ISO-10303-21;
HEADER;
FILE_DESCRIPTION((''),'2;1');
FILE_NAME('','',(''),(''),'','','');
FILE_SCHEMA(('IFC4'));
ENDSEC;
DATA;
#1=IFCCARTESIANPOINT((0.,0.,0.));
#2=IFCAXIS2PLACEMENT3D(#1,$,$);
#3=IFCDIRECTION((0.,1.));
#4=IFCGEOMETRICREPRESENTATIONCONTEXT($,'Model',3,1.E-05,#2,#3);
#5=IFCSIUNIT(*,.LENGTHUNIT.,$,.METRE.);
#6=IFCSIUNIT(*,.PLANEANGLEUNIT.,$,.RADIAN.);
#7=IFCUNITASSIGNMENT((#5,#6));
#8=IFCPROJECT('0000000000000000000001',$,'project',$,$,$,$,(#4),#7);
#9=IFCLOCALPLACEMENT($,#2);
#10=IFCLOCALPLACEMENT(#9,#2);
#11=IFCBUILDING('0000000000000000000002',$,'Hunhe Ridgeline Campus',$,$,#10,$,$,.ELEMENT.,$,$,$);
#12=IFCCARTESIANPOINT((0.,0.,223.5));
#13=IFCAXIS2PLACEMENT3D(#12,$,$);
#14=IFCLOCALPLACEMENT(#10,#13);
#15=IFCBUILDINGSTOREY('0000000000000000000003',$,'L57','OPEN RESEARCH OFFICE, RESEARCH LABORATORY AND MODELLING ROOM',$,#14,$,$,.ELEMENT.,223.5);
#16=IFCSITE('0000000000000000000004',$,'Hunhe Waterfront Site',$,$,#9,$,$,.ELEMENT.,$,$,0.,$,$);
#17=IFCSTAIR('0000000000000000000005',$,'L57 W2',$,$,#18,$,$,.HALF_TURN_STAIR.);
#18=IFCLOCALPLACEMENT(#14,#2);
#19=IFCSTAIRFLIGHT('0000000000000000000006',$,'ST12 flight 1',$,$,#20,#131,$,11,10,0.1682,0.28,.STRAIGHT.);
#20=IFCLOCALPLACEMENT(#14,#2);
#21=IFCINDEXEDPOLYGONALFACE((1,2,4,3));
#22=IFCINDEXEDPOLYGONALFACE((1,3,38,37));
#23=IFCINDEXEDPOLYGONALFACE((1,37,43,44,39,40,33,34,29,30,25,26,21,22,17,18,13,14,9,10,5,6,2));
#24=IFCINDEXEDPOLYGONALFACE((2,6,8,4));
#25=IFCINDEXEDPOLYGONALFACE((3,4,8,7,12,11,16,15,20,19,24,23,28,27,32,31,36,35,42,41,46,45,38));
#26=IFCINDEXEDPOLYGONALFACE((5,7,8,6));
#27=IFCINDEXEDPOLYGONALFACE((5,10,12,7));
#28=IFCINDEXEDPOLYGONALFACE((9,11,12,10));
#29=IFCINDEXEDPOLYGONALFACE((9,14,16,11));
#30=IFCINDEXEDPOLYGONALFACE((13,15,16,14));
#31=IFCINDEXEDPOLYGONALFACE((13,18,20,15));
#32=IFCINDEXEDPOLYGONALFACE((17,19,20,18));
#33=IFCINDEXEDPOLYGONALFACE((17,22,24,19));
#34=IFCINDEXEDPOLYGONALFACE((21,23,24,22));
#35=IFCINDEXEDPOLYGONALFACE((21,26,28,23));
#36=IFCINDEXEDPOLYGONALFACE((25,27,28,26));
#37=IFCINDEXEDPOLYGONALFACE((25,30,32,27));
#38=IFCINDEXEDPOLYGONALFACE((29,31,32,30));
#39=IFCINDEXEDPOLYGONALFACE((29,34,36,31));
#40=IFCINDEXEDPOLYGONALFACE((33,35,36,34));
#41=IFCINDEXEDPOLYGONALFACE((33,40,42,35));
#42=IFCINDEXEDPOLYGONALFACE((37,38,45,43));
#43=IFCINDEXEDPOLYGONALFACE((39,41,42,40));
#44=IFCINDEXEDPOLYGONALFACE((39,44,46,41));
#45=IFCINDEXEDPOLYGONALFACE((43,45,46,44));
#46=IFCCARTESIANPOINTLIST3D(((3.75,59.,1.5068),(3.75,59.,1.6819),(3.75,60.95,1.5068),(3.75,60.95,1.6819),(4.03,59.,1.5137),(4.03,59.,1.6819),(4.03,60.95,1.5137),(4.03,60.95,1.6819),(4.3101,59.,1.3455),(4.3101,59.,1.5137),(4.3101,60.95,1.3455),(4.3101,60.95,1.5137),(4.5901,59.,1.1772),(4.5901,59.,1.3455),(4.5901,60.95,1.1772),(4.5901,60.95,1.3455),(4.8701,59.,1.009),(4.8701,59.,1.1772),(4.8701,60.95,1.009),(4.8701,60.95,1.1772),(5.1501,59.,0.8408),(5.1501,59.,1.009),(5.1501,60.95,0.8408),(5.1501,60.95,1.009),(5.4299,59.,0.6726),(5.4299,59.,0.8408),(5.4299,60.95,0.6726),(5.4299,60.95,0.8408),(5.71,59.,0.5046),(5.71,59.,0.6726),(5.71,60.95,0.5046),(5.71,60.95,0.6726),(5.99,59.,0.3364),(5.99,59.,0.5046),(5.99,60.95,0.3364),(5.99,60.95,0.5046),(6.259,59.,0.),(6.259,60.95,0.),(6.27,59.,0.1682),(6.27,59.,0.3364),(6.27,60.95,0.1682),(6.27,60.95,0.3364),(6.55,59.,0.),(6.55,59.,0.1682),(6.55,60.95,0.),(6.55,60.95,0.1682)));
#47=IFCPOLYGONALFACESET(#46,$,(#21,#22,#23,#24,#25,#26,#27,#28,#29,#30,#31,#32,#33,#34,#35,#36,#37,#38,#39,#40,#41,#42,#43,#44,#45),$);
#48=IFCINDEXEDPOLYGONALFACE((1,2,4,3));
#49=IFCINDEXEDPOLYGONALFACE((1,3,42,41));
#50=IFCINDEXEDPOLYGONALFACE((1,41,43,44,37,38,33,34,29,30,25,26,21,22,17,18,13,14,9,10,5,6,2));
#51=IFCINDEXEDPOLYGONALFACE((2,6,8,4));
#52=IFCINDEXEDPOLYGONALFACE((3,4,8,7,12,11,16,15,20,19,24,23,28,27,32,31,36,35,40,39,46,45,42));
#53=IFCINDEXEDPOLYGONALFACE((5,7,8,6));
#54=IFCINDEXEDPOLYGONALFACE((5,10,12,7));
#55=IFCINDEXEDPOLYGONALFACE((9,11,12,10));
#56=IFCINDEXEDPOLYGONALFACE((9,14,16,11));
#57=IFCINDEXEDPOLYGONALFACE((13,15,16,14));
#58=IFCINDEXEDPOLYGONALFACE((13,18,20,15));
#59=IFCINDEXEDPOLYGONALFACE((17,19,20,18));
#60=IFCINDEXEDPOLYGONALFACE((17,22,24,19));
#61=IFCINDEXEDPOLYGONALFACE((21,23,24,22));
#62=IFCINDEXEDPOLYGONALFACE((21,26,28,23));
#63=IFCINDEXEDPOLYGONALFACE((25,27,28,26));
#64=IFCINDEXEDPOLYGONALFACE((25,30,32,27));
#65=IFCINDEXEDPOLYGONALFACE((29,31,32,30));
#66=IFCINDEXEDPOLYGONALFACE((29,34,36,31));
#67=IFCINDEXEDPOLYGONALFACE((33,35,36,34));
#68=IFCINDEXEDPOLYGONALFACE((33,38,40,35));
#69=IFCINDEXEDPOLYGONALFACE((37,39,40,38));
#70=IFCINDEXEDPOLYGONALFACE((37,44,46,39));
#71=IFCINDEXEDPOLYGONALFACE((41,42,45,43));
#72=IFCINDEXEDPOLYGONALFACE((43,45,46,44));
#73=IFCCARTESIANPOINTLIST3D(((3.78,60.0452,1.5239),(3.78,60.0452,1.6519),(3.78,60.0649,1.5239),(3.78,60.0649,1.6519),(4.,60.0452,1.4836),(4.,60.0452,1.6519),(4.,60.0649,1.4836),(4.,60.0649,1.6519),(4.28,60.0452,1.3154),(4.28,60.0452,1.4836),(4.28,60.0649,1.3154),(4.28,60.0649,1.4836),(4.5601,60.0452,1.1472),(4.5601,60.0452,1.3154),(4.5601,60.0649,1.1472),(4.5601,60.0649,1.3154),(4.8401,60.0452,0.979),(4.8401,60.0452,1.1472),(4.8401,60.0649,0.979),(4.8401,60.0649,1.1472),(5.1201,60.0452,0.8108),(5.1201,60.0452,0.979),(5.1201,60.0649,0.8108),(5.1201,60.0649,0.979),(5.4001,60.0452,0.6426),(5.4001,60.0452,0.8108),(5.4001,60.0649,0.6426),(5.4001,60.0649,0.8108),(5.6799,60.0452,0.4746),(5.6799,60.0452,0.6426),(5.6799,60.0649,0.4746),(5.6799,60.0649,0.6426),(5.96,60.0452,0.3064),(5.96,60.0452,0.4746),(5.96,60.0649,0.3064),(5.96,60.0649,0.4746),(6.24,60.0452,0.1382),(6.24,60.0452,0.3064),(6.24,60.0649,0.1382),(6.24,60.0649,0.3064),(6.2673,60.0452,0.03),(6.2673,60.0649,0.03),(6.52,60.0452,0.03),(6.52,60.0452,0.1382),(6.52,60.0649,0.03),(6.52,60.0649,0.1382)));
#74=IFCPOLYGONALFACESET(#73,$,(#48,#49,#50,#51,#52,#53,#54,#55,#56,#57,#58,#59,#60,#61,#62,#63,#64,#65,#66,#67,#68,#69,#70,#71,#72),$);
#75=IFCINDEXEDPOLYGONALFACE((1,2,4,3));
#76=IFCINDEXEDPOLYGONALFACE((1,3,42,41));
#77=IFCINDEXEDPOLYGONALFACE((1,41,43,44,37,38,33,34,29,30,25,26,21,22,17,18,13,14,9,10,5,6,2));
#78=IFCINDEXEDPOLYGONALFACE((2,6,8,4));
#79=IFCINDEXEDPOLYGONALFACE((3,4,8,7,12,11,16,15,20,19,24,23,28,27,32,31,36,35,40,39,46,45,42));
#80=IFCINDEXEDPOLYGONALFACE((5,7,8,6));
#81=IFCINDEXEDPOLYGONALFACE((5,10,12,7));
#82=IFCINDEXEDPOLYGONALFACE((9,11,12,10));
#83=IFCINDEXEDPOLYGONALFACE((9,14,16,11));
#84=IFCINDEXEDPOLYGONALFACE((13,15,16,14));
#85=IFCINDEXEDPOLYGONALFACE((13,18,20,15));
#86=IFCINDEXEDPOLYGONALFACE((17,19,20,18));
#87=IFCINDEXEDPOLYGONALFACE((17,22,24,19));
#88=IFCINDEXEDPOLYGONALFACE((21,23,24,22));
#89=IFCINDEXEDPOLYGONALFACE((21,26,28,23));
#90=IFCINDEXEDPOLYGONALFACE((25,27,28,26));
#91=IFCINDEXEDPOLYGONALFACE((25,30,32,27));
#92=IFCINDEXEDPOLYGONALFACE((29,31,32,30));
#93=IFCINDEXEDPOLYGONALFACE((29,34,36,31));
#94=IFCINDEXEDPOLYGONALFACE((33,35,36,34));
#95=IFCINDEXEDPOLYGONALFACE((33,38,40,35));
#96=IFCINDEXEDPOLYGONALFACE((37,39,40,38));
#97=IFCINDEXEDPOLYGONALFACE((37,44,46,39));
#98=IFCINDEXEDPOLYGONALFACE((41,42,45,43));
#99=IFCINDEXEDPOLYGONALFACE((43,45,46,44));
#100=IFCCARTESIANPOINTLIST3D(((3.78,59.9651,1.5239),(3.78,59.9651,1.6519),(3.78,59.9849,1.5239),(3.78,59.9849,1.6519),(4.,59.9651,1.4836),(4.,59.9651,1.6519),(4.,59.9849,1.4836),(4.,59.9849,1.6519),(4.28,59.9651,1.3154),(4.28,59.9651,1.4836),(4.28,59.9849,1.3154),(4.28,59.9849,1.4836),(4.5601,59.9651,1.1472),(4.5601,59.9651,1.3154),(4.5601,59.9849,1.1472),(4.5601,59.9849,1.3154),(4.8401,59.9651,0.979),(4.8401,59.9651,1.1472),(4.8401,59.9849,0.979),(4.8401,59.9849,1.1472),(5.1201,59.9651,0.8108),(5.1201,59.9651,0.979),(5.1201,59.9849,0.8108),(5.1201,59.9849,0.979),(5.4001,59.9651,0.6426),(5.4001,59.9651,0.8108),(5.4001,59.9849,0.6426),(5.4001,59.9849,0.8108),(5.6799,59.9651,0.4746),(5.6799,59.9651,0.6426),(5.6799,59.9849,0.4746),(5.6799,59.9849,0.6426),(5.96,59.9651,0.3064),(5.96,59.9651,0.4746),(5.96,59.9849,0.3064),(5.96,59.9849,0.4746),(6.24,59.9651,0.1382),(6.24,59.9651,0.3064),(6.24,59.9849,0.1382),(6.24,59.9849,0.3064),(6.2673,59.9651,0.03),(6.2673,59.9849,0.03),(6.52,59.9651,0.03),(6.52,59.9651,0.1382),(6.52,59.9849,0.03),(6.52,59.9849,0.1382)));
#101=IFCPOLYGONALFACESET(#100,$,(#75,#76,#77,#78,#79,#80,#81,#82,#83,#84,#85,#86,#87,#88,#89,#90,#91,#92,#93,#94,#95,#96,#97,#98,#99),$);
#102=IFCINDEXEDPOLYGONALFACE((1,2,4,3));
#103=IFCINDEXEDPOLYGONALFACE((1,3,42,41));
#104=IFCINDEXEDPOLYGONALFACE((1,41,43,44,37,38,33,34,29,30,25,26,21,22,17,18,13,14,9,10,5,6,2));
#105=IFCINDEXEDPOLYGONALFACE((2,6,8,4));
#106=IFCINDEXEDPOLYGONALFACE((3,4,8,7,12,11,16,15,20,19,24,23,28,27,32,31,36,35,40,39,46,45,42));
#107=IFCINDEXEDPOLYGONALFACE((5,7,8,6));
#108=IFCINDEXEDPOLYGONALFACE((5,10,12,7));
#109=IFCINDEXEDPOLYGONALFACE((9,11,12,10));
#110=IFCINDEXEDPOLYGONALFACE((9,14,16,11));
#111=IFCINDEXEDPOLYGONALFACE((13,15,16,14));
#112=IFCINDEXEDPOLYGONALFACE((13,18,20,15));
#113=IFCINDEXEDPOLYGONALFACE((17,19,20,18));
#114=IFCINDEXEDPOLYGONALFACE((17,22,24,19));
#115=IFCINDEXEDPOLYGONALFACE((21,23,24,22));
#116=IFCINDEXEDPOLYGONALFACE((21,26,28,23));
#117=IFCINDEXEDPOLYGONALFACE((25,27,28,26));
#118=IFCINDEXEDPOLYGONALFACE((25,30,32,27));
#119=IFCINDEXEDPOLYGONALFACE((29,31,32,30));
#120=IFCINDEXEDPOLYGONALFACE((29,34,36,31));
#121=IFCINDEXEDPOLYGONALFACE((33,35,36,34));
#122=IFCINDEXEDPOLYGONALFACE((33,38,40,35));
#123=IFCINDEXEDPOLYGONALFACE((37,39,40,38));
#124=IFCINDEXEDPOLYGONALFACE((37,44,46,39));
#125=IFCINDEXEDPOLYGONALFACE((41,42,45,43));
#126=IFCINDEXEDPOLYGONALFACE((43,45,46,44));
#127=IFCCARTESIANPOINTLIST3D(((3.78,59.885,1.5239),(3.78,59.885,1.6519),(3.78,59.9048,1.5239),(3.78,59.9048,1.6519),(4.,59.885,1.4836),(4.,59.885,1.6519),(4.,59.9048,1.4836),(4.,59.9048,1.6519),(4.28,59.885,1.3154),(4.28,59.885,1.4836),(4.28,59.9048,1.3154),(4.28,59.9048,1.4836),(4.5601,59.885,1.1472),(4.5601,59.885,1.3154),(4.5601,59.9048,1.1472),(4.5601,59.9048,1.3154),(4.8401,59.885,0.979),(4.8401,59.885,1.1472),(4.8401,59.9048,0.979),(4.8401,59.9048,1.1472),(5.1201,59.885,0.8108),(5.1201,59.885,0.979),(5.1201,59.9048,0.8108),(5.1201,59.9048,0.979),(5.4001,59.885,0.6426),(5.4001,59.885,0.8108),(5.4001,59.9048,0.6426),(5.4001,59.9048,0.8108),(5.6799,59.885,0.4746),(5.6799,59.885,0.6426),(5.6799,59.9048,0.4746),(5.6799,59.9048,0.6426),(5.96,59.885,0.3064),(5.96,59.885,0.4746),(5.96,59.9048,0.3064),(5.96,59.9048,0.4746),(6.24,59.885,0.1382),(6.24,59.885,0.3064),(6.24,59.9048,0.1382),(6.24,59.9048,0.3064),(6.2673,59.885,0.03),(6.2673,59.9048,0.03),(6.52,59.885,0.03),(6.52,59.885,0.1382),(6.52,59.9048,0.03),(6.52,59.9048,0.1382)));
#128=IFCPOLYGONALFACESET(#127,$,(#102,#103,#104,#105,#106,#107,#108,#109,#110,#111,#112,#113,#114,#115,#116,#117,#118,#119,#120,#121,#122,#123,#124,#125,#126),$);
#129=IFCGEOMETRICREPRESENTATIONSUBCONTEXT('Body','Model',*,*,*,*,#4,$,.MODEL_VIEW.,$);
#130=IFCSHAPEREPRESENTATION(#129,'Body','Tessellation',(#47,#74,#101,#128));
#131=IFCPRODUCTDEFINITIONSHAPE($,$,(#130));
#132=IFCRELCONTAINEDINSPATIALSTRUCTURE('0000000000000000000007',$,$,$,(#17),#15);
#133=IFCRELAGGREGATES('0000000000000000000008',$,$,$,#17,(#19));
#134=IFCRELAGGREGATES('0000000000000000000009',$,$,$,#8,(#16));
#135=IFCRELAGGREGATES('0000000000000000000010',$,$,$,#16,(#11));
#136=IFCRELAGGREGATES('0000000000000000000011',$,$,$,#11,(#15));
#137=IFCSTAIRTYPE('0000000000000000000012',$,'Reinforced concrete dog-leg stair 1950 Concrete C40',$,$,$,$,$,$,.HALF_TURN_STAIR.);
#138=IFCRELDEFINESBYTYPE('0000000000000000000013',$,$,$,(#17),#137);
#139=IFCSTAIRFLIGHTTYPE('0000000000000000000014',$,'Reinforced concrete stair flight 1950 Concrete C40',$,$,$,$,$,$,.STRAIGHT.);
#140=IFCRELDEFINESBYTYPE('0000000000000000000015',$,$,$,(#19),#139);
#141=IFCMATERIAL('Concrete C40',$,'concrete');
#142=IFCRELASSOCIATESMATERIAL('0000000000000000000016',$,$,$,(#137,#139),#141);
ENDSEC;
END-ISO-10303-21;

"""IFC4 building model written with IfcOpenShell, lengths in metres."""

from ifc_helpers import new_model, si_unit, direction, frame, origin, place, context, subcontext, project, spatial, polyline, outline, extrude, material, type_object, element, aggregate, save


model = new_model("IFC4")

# Units and contexts
model_context = context("Model", 3, precision=1e-05, world=origin(), true_north=direction((0.0, 1.0)))
body_context = subcontext(model_context, "Body", "Model", "MODEL_VIEW")
ifc_project = project(units=[si_unit("LENGTHUNIT", "METRE"), si_unit("PLANEANGLEUNIT", "RADIAN")], contexts=[model_context])

# Site, building, storey
site_placement = place(None, origin())
site = spatial("IfcSite", under=ifc_project, at=site_placement, Name="Hunhe Waterfront Site", CompositionType="ELEMENT", RefElevation=0.0)
building_placement = place(site_placement, origin())
building = spatial("IfcBuilding", under=site, at=building_placement, Name="Hunhe Ridgeline Campus", CompositionType="ELEMENT")
storey_placement = place(building_placement, frame((0.0, 0.0, 223.5)))
storey = spatial("IfcBuildingStorey", under=building, at=storey_placement, Name="L57", Description="OPEN RESEARCH OFFICE, RESEARCH LABORATORY AND MODELLING ROOM", CompositionType="ELEMENT", Elevation=223.5)

# Shared definitions
ifc_material_1 = material(Name="Concrete C40", Category="concrete")
stair_type = type_object("IfcStairType", Name="Reinforced concrete dog-leg stair 1950 Concrete C40", PredefinedType="HALF_TURN_STAIR", material=ifc_material_1)
stair_flight_type = type_object("IfcStairFlightType", Name="Reinforced concrete stair flight 1950 Concrete C40", PredefinedType="STRAIGHT", material=ifc_material_1)

# Stair, stair flight
stair_1_placement = place(storey_placement, origin())
stair_1 = element("IfcStair", 1, at=stair_1_placement, inside=storey, type_object=stair_type, Name="L57 W2", PredefinedType="HALF_TURN_STAIR")
stair_flight_1_placement = place(storey_placement, frame((6.55, 59.9751, 0.0), z_axis=(0.0, 0.0, 1.0), x_axis=(-1.0, 0.0, 0.0)))
stair_flight_1 = element("IfcStairFlight", 2, at=stair_flight_1_placement, type_object=stair_flight_type, Name="ST12 flight 1", NumberOfRisers=11, NumberOfTreads=10, PredefinedType="STRAIGHT", RiserHeight=0.1682, TreadLength=0.28, context=body_context, shape_type="SweptSolid", body=[
    extrude(outline(polyline([(0.0, 0.0), (0.0, 0.1682), (0.28, 0.1682), (0.28, 0.3364), (0.5601, 0.3364), (0.5601, 0.5046), (0.8401, 0.5046), (0.8401, 0.6726), (1.1201, 0.6726), (1.1201, 0.8408), (1.3999, 0.8408), (1.3999, 1.009), (1.6799, 1.009), (1.6799, 1.1772), (1.96, 1.1772), (1.96, 1.3455), (2.24, 1.3455), (2.24, 1.5137), (2.52, 1.5137), (2.52, 1.6819), (2.8, 1.6819), (2.8, 1.8501), (2.8, 1.5068), (0.291, 0.0), (0.0, 0.0)])), frame((0.0, 0.9751, 0.0), z_axis=(0.0, -1.0, 0.0), x_axis=(1.0, 0.0, 0.0)), (0.0, 0.0, 1.0), 1.95),
    extrude(outline(polyline([(0.03, 0.03), (0.03, 0.1382), (0.3101, 0.1382), (0.3101, 0.3064), (0.5901, 0.3064), (0.5901, 0.4746), (0.8701, 0.4746), (0.8701, 0.6426), (1.1499, 0.6426), (1.1499, 0.8108), (1.4299, 0.8108), (1.4299, 0.979), (1.71, 0.979), (1.71, 1.1472), (1.99, 1.1472), (1.99, 1.3154), (2.27, 1.3154), (2.27, 1.4836), (2.55, 1.4836), (2.55, 1.6519), (2.77, 1.6519), (2.77, 1.5239), (0.2827, 0.03), (0.03, 0.03)])), frame((0.0, -0.0701, 0.0), z_axis=(0.0, -1.0, 0.0), x_axis=(1.0, 0.0, 0.0)), (0.0, 0.0, 1.0), 0.0198),
    extrude(outline(polyline([(0.03, 0.03), (0.03, 0.1382), (0.3101, 0.1382), (0.3101, 0.3064), (0.5901, 0.3064), (0.5901, 0.4746), (0.8701, 0.4746), (0.8701, 0.6426), (1.1499, 0.6426), (1.1499, 0.8108), (1.4299, 0.8108), (1.4299, 0.979), (1.71, 0.979), (1.71, 1.1472), (1.99, 1.1472), (1.99, 1.3154), (2.27, 1.3154), (2.27, 1.4836), (2.55, 1.4836), (2.55, 1.6519), (2.77, 1.6519), (2.77, 1.5239), (0.2827, 0.03), (0.03, 0.03)])), frame((0.0, 0.01, 0.0), z_axis=(0.0, -1.0, 0.0), x_axis=(1.0, 0.0, 0.0)), (0.0, 0.0, 1.0), 0.0198),
    extrude(outline(polyline([(0.03, 0.03), (0.03, 0.1382), (0.3101, 0.1382), (0.3101, 0.3064), (0.5901, 0.3064), (0.5901, 0.4746), (0.8701, 0.4746), (0.8701, 0.6426), (1.1499, 0.6426), (1.1499, 0.8108), (1.4299, 0.8108), (1.4299, 0.979), (1.71, 0.979), (1.71, 1.1472), (1.99, 1.1472), (1.99, 1.3154), (2.27, 1.3154), (2.27, 1.4836), (2.55, 1.4836), (2.55, 1.6519), (2.77, 1.6519), (2.77, 1.5239), (0.2827, 0.03), (0.03, 0.03)])), frame((0.0, 0.0901, 0.0), z_axis=(0.0, -1.0, 0.0), x_axis=(1.0, 0.0, 0.0)), (0.0, 0.0, 1.0), 0.0198),
])
aggregate(stair_1, [stair_flight_1])

save(model, "model.ifc")
